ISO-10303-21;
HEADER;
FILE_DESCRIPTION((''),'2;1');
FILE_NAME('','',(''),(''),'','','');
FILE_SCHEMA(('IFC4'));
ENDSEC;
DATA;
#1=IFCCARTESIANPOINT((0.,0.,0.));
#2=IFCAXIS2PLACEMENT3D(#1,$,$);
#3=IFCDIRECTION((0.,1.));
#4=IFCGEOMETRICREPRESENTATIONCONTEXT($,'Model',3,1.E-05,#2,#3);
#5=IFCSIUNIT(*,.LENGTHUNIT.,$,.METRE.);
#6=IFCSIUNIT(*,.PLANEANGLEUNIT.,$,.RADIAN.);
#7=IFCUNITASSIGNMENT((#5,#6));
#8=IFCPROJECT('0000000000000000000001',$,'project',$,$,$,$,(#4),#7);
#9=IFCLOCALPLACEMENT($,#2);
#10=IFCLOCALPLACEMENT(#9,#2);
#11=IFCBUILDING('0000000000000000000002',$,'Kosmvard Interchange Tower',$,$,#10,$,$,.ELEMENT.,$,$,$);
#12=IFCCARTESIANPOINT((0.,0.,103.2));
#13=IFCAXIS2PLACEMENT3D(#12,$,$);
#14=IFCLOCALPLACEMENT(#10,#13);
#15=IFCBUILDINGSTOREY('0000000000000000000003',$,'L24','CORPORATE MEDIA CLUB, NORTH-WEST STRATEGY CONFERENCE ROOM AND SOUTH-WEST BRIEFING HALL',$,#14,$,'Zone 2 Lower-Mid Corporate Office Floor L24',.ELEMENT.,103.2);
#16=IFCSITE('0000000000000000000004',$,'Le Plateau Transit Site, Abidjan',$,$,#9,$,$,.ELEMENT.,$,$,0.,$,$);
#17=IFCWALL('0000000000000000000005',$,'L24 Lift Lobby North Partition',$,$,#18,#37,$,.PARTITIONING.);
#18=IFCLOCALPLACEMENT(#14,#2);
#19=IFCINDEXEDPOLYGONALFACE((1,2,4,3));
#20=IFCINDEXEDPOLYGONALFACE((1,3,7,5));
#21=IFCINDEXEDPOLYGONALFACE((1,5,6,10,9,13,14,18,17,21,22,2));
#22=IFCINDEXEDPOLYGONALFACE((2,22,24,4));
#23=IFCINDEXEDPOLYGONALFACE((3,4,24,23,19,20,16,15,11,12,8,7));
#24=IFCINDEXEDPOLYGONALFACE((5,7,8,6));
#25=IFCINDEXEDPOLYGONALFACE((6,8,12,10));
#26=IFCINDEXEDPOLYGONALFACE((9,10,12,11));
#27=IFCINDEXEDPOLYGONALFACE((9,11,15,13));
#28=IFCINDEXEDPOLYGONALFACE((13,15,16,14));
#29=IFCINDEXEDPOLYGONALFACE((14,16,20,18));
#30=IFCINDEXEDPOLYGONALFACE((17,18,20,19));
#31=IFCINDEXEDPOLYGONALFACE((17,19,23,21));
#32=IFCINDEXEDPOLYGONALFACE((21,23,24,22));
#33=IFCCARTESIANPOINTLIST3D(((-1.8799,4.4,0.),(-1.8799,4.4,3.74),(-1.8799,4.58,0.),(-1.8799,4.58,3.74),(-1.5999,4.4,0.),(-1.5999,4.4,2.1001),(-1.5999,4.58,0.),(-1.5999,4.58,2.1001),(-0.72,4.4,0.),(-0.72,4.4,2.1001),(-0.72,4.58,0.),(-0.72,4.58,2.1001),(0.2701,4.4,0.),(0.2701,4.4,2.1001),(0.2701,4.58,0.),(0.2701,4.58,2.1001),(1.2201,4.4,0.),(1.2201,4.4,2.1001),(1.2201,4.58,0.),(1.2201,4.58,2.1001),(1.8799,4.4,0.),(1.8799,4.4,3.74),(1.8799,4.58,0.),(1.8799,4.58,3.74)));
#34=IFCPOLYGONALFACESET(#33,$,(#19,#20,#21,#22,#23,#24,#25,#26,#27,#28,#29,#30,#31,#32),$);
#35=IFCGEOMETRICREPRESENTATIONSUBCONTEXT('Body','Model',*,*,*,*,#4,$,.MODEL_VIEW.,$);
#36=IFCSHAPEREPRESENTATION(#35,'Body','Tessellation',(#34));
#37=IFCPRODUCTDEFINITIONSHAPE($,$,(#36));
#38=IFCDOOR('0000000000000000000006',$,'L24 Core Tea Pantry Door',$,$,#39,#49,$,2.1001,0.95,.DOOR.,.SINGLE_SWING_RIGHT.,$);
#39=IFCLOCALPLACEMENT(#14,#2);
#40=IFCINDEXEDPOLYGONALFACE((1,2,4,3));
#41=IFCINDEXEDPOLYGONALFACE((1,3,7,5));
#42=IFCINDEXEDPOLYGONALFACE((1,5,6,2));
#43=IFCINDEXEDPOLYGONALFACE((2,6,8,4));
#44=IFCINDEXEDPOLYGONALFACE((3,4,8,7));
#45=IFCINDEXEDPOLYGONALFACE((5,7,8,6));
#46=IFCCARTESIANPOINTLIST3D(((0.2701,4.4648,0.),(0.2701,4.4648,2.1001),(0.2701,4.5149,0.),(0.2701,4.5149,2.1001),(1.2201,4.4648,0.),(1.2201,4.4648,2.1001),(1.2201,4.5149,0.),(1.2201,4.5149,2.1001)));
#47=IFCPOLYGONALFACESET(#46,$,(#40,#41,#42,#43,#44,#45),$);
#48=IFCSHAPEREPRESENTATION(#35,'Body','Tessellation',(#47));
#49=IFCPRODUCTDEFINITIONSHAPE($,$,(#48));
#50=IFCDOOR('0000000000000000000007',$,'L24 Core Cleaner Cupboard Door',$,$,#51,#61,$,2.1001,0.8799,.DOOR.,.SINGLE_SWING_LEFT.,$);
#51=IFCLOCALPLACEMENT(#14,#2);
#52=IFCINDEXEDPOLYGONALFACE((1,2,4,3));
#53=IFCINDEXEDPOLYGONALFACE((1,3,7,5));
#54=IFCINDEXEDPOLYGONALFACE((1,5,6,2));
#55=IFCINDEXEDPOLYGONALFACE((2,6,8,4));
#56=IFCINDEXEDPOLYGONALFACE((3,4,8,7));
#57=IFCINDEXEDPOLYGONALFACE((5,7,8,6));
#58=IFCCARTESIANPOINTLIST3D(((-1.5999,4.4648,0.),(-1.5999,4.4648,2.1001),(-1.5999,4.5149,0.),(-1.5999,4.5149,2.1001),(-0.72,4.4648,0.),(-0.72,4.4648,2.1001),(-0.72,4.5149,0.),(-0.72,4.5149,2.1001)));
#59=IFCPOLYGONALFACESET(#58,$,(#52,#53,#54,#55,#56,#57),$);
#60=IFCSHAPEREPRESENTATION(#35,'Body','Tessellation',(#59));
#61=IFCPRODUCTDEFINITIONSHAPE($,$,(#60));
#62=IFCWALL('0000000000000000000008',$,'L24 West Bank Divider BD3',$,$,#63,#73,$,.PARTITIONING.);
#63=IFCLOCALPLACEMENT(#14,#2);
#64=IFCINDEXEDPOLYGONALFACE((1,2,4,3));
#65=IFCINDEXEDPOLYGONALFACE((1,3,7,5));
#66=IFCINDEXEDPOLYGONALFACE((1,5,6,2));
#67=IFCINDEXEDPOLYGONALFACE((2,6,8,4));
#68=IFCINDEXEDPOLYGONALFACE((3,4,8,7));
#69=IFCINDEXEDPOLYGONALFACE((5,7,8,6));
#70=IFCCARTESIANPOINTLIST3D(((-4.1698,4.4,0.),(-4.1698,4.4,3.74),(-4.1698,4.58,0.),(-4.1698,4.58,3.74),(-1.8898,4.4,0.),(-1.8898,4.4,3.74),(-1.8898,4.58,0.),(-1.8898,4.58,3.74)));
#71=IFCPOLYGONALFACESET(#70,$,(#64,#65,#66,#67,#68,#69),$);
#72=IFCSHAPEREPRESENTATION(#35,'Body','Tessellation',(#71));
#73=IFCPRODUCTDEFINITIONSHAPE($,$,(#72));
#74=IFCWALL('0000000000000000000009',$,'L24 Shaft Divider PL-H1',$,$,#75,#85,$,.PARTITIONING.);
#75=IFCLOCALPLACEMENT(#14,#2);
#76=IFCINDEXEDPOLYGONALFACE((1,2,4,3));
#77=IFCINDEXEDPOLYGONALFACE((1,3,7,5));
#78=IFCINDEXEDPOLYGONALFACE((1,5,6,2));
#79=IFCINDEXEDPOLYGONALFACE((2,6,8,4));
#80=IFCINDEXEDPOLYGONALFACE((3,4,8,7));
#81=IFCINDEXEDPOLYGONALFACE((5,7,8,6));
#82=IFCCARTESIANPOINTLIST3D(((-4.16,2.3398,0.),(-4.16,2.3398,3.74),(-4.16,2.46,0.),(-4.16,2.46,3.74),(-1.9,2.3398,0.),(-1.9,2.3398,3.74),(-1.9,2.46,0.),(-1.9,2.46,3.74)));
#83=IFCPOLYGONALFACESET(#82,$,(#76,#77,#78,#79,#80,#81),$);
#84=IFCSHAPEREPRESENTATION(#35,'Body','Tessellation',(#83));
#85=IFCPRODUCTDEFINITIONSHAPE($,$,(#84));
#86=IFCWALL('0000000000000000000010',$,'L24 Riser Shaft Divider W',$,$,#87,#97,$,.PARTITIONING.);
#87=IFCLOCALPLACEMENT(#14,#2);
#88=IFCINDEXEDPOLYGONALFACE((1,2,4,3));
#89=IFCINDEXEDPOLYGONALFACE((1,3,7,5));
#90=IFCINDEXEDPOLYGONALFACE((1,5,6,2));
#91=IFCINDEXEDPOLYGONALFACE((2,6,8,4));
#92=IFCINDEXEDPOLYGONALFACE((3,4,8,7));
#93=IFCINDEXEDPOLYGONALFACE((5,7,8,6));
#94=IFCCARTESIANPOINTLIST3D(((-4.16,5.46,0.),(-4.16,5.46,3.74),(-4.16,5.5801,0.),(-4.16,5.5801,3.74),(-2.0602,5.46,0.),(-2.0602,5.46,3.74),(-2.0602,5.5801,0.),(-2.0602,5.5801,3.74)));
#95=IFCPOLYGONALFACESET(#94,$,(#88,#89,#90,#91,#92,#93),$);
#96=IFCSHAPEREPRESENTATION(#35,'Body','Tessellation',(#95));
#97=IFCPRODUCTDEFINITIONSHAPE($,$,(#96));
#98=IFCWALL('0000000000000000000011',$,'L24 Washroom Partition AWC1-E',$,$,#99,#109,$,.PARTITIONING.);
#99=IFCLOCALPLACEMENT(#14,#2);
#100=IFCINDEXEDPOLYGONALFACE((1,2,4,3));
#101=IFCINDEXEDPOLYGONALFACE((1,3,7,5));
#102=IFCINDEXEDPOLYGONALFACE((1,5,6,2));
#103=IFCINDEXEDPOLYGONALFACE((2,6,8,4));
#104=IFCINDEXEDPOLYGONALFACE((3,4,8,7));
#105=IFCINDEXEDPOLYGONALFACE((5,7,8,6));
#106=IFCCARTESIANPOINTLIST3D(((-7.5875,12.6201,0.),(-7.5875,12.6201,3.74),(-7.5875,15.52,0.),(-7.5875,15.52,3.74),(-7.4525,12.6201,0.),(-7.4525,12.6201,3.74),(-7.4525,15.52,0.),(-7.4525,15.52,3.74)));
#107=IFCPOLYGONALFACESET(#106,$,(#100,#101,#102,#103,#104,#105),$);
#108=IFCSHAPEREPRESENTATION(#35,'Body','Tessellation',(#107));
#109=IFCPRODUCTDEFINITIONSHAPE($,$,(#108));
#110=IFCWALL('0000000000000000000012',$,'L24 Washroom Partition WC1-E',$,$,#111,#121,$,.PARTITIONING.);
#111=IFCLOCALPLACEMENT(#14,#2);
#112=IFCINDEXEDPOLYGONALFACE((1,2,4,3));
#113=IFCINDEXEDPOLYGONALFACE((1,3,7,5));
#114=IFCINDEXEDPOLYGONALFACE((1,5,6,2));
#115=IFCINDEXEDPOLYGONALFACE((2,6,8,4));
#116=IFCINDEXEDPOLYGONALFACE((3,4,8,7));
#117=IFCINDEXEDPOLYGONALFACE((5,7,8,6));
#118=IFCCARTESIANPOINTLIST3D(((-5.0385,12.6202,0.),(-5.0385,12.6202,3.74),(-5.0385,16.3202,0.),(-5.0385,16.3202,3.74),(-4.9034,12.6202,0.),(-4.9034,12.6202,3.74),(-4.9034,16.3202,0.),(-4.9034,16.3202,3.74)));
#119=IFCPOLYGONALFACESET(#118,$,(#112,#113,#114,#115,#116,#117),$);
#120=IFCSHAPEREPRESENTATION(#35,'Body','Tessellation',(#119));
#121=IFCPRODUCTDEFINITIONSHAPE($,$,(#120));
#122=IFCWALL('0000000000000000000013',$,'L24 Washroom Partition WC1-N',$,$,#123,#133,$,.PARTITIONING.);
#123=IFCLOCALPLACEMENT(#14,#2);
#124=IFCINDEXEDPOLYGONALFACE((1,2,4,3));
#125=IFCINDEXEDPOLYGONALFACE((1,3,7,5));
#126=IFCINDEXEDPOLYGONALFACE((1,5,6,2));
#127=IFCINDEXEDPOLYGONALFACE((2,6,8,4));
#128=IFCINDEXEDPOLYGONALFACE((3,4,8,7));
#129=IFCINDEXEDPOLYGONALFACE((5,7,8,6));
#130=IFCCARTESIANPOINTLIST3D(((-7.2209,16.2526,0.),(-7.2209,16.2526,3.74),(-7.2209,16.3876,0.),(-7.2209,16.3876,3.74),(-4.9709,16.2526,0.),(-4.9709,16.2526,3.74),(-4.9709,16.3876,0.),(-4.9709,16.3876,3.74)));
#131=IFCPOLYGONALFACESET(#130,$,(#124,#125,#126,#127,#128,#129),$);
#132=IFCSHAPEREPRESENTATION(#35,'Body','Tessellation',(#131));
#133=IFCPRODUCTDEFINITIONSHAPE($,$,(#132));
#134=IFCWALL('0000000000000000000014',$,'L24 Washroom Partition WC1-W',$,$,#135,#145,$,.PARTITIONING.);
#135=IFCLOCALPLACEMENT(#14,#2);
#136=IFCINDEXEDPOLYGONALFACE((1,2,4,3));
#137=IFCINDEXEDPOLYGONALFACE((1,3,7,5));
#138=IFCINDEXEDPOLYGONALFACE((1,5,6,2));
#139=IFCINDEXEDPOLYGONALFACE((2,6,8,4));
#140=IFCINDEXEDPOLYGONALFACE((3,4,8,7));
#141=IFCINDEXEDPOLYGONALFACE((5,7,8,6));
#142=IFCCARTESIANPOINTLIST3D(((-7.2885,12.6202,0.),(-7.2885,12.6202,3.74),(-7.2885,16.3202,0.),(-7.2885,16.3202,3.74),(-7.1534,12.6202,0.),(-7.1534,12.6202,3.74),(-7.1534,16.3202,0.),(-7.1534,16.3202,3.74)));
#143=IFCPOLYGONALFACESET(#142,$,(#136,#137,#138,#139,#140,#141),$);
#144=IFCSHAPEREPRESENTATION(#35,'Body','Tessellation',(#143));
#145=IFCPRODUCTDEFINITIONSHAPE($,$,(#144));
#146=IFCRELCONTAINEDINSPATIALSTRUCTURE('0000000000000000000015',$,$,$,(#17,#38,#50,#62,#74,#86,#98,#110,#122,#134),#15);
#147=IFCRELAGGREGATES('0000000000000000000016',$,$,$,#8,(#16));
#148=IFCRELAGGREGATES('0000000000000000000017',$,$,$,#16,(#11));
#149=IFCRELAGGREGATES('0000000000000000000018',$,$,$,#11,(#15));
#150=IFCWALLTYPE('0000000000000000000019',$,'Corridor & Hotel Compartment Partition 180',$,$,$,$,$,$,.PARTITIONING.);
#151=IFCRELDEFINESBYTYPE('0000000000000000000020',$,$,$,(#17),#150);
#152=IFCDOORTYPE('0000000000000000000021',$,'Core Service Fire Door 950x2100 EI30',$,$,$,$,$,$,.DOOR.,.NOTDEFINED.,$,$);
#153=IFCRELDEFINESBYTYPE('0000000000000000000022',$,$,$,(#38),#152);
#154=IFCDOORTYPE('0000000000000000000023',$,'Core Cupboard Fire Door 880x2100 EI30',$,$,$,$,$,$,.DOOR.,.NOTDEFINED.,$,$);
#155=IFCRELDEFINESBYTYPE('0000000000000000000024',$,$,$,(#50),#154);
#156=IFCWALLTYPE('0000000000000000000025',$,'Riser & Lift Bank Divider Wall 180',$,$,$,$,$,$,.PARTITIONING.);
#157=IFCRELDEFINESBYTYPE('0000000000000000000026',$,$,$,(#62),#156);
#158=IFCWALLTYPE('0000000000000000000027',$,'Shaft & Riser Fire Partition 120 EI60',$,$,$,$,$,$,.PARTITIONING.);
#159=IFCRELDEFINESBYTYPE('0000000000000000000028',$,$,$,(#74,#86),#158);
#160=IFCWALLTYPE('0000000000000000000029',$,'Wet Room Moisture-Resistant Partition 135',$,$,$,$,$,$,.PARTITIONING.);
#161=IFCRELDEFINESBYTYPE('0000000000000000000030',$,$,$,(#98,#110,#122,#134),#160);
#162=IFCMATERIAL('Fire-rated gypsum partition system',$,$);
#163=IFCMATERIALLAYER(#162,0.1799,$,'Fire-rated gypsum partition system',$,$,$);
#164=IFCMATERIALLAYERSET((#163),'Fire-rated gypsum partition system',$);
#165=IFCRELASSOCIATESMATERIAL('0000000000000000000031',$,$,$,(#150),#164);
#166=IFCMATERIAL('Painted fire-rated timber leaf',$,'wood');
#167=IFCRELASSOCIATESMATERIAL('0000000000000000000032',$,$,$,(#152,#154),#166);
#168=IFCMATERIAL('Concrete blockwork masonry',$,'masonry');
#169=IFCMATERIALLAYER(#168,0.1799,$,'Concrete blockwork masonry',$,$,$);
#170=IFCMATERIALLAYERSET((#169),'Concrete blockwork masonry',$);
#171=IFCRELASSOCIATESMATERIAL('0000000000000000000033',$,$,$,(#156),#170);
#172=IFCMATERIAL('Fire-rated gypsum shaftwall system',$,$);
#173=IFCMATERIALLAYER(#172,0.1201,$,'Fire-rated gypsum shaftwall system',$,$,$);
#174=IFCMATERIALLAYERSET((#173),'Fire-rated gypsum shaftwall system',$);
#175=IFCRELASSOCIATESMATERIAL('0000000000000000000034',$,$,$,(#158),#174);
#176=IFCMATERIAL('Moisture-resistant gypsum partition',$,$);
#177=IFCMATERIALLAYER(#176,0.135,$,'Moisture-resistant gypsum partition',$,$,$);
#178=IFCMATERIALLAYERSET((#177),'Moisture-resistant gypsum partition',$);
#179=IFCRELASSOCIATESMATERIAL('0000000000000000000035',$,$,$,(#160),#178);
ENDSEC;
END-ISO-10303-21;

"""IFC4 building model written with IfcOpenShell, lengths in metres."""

from ifc_helpers import new_model, si_unit, direction, frame, frame_2d, origin, place, context, subcontext, project, spatial, rectangle, extrude, source, transform, mapped, material, layer, layer_set, type_object, element, fill, save


model = new_model("IFC4")

# Units and contexts
model_context = context("Model", 3, precision=1e-05, world=origin(), true_north=direction((0.0, 1.0)))
body_context = subcontext(model_context, "Body", "Model", "MODEL_VIEW")
ifc_project = project(units=[si_unit("LENGTHUNIT", "METRE"), si_unit("PLANEANGLEUNIT", "RADIAN")], contexts=[model_context])

# Site, building, storey
site_placement = place(None, origin())
site = spatial("IfcSite", under=ifc_project, at=site_placement, Name="Le Plateau Transit Site, Abidjan", CompositionType="ELEMENT", RefElevation=0.0)
building_placement = place(site_placement, origin())
building = spatial("IfcBuilding", under=site, at=building_placement, Name="Kosmvard Interchange Tower", CompositionType="ELEMENT")
storey_placement = place(building_placement, frame((0.0, 0.0, 103.2)))
storey = spatial("IfcBuildingStorey", under=building, at=storey_placement, Name="L24", Description="CORPORATE MEDIA CLUB, NORTH-WEST STRATEGY CONFERENCE ROOM AND SOUTH-WEST BRIEFING HALL", LongName="Zone 2 Lower-Mid Corporate Office Floor L24", CompositionType="ELEMENT", Elevation=103.2)

# Shared definitions
ifc_material_1 = material(Name="Fire-rated gypsum partition system")
ifc_material_2 = material(Name="Concrete blockwork masonry", Category="masonry")

# Wall, openings, doors
ifc_layer_1 = layer(ifc_material_1, 0.1799, Name="Fire-rated gypsum partition system")
ifc_layer_set_1 = layer_set([ifc_layer_1], Name="Fire-rated gypsum partition system")
wall_type_1 = type_object("IfcWallType", Name="Corridor & Hotel Compartment Partition 180", PredefinedType="PARTITIONING", material=ifc_layer_set_1)
wall_1_placement = place(storey_placement, frame((-1.8799, 4.49, 0.0), z_axis=(0.0, 0.0, 1.0), x_axis=(1.0, 0.0, 0.0)))
wall_1 = element("IfcWall", 1, at=wall_1_placement, inside=storey, type_object=wall_type_1, Name="L24 Lift Lobby North Partition", PredefinedType="PARTITIONING", context=body_context, shape_type="SweptSolid", body=[
    extrude(rectangle(XDim=3.7598, YDim=0.1799, at=frame_2d((1.8799, 0.0))), origin(), (0.0, 0.0, 1.0), 3.74),
])
opening_1_placement = place(wall_1_placement, frame((0.28, 0.0, 0.0)))
opening_1 = element("IfcOpeningElement", 2, at=opening_1_placement, cuts=wall_1, PredefinedType="OPENING", context=body_context, shape_type="SweptSolid", body=[
    extrude(rectangle(XDim=0.8799, YDim=2.1001, at=frame_2d((0.4399, 1.05))), frame((0.0, 0.1001, 0.0), z_axis=(0.0, -1.0, 0.0), x_axis=(1.0, 0.0, 0.0)), (0.0, 0.0, 1.0), 0.2),
])
opening_2_placement = place(wall_1_placement, frame((2.1499, 0.0, 0.0)))
opening_2 = element("IfcOpeningElement", 3, at=opening_2_placement, cuts=wall_1, PredefinedType="OPENING", context=body_context, shape_type="SweptSolid", body=[
    extrude(rectangle(XDim=0.95, YDim=2.1001, at=frame_2d((0.4751, 1.05))), frame((0.0, 0.1001, 0.0), z_axis=(0.0, -1.0, 0.0), x_axis=(1.0, 0.0, 0.0)), (0.0, 0.0, 1.0), 0.2),
])
ifc_material_3 = material(Name="Painted fire-rated timber leaf", Category="wood")
door_type_1 = type_object("IfcDoorType", Name="Core Service Fire Door 950x2100 EI30", OperationType="NOTDEFINED", PredefinedType="DOOR", material=ifc_material_3)
shared_shape_1 = source(origin(), body_context, "Body", "SweptSolid", [
    extrude(rectangle(XDim=0.95, YDim=2.1001, at=frame_2d((0.4751, 1.05))), frame((0.0, 0.0249, 0.0), z_axis=(0.0, -1.0, 0.0), x_axis=(1.0, 0.0, 0.0)), (0.0, 0.0, 1.0), 0.05),
])
door_1_placement = place(opening_2_placement, origin())
door_1 = element("IfcDoor", 4, at=door_1_placement, inside=storey, type_object=door_type_1, Name="L24 Core Tea Pantry Door", OperationType="SINGLE_SWING_RIGHT", OverallHeight=2.1001, OverallWidth=0.95, PredefinedType="DOOR", context=body_context, shape_type="MappedRepresentation", body=[
    mapped(shared_shape_1, transform((0.0, 0.0, 0.0), scale=1.0)),
])
fill(opening_2, door_1)
door_type_2 = type_object("IfcDoorType", Name="Core Cupboard Fire Door 880x2100 EI30", OperationType="NOTDEFINED", PredefinedType="DOOR", material=ifc_material_3)
shared_shape_2 = source(origin(), body_context, "Body", "SweptSolid", [
    extrude(rectangle(XDim=0.8799, YDim=2.1001, at=frame_2d((0.4399, 1.05))), frame((0.0, 0.0249, 0.0), z_axis=(0.0, -1.0, 0.0), x_axis=(1.0, 0.0, 0.0)), (0.0, 0.0, 1.0), 0.05),
])
door_2_placement = place(opening_1_placement, origin())
door_2 = element("IfcDoor", 5, at=door_2_placement, inside=storey, type_object=door_type_2, Name="L24 Core Cleaner Cupboard Door", OperationType="SINGLE_SWING_LEFT", OverallHeight=2.1001, OverallWidth=0.8799, PredefinedType="DOOR", context=body_context, shape_type="MappedRepresentation", body=[
    mapped(shared_shape_2, transform((0.0, 0.0, 0.0), scale=1.0)),
])
fill(opening_1, door_2)

# Walls
ifc_layer_2 = layer(ifc_material_2, 0.1799, Name="Concrete blockwork masonry")
ifc_layer_set_2 = layer_set([ifc_layer_2], Name="Concrete blockwork masonry")
wall_type_2 = type_object("IfcWallType", Name="Riser & Lift Bank Divider Wall 180", PredefinedType="PARTITIONING", material=ifc_layer_set_2)
wall_2_placement = place(storey_placement, frame((-4.1699, 4.49, 0.0), z_axis=(0.0, 0.0, 1.0), x_axis=(1.0, 0.0, 0.0)))
element("IfcWall", 6, at=wall_2_placement, inside=storey, type_object=wall_type_2, Name="L24 West Bank Divider BD3", PredefinedType="PARTITIONING", context=body_context, shape_type="SweptSolid", body=[
    extrude(rectangle(XDim=2.28, YDim=0.1799, at=frame_2d((1.1401, 0.0))), origin(), (0.0, 0.0, 1.0), 3.74),
])
ifc_material_4 = material(Name="Fire-rated gypsum shaftwall system")
ifc_layer_3 = layer(ifc_material_4, 0.1201, Name="Fire-rated gypsum shaftwall system")
ifc_layer_set_3 = layer_set([ifc_layer_3], Name="Fire-rated gypsum shaftwall system")
wall_type_3 = type_object("IfcWallType", Name="Shaft & Riser Fire Partition 120 EI60", PredefinedType="PARTITIONING", material=ifc_layer_set_3)
wall_3_placement = place(storey_placement, frame((-4.1599, 2.3999, 0.0), z_axis=(0.0, 0.0, 1.0), x_axis=(1.0, 0.0, 0.0)))
element("IfcWall", 7, at=wall_3_placement, inside=storey, type_object=wall_type_3, Name="L24 Shaft Divider PL-H1", PredefinedType="PARTITIONING", context=body_context, shape_type="SweptSolid", body=[
    extrude(rectangle(XDim=2.26, YDim=0.1201, at=frame_2d((1.1299, 0.0))), origin(), (0.0, 0.0, 1.0), 3.74),
])
wall_4_placement = place(storey_placement, frame((-4.1599, 5.52, 0.0), z_axis=(0.0, 0.0, 1.0), x_axis=(1.0, 0.0, 0.0)))
element("IfcWall", 8, at=wall_4_placement, inside=storey, type_object=wall_type_3, Name="L24 Riser Shaft Divider W", PredefinedType="PARTITIONING", context=body_context, shape_type="SweptSolid", body=[
    extrude(rectangle(XDim=2.0999, YDim=0.1201, at=frame_2d((1.0498, 0.0))), origin(), (0.0, 0.0, 1.0), 3.74),
])
ifc_material_5 = material(Name="Moisture-resistant gypsum partition")
ifc_layer_4 = layer(ifc_material_5, 0.135, Name="Moisture-resistant gypsum partition")
ifc_layer_set_4 = layer_set([ifc_layer_4], Name="Moisture-resistant gypsum partition")
wall_type_4 = type_object("IfcWallType", Name="Wet Room Moisture-Resistant Partition 135", PredefinedType="PARTITIONING", material=ifc_layer_set_4)
wall_5_placement = place(storey_placement, frame((-7.52, 12.6201, 0.0), z_axis=(0.0, 0.0, 1.0), x_axis=(0.0, 1.0, 0.0)))
element("IfcWall", 9, at=wall_5_placement, inside=storey, type_object=wall_type_4, Name="L24 Washroom Partition AWC1-E", PredefinedType="PARTITIONING", context=body_context, shape_type="SweptSolid", body=[
    extrude(rectangle(XDim=2.8999, YDim=0.135, at=frame_2d((1.45, 0.0))), origin(), (0.0, 0.0, 1.0), 3.74),
])
wall_6_placement = place(storey_placement, frame((-4.9709, 12.6201, 0.0), z_axis=(0.0, 0.0, 1.0), x_axis=(0.0, 1.0, 0.0)))
element("IfcWall", 10, at=wall_6_placement, inside=storey, type_object=wall_type_4, Name="L24 Washroom Partition WC1-E", PredefinedType="PARTITIONING", context=body_context, shape_type="SweptSolid", body=[
    extrude(rectangle(XDim=3.7, YDim=0.135, at=frame_2d((1.8501, 0.0))), origin(), (0.0, 0.0, 1.0), 3.74),
])
wall_7_placement = place(storey_placement, frame((-7.2209, 16.3201, 0.0), z_axis=(0.0, 0.0, 1.0), x_axis=(1.0, 0.0, 0.0)))
element("IfcWall", 11, at=wall_7_placement, inside=storey, type_object=wall_type_4, Name="L24 Washroom Partition WC1-N", PredefinedType="PARTITIONING", context=body_context, shape_type="SweptSolid", body=[
    extrude(rectangle(XDim=2.25, YDim=0.135, at=frame_2d((1.125, 0.0))), origin(), (0.0, 0.0, 1.0), 3.74),
])
wall_8_placement = place(storey_placement, frame((-7.2209, 12.6201, 0.0), z_axis=(0.0, 0.0, 1.0), x_axis=(0.0, 1.0, 0.0)))
element("IfcWall", 12, at=wall_8_placement, inside=storey, type_object=wall_type_4, Name="L24 Washroom Partition WC1-W", PredefinedType="PARTITIONING", context=body_context, shape_type="SweptSolid", body=[
    extrude(rectangle(XDim=3.7, YDim=0.135, at=frame_2d((1.8501, 0.0))), origin(), (0.0, 0.0, 1.0), 3.74),
])

save(model, "model.ifc")
